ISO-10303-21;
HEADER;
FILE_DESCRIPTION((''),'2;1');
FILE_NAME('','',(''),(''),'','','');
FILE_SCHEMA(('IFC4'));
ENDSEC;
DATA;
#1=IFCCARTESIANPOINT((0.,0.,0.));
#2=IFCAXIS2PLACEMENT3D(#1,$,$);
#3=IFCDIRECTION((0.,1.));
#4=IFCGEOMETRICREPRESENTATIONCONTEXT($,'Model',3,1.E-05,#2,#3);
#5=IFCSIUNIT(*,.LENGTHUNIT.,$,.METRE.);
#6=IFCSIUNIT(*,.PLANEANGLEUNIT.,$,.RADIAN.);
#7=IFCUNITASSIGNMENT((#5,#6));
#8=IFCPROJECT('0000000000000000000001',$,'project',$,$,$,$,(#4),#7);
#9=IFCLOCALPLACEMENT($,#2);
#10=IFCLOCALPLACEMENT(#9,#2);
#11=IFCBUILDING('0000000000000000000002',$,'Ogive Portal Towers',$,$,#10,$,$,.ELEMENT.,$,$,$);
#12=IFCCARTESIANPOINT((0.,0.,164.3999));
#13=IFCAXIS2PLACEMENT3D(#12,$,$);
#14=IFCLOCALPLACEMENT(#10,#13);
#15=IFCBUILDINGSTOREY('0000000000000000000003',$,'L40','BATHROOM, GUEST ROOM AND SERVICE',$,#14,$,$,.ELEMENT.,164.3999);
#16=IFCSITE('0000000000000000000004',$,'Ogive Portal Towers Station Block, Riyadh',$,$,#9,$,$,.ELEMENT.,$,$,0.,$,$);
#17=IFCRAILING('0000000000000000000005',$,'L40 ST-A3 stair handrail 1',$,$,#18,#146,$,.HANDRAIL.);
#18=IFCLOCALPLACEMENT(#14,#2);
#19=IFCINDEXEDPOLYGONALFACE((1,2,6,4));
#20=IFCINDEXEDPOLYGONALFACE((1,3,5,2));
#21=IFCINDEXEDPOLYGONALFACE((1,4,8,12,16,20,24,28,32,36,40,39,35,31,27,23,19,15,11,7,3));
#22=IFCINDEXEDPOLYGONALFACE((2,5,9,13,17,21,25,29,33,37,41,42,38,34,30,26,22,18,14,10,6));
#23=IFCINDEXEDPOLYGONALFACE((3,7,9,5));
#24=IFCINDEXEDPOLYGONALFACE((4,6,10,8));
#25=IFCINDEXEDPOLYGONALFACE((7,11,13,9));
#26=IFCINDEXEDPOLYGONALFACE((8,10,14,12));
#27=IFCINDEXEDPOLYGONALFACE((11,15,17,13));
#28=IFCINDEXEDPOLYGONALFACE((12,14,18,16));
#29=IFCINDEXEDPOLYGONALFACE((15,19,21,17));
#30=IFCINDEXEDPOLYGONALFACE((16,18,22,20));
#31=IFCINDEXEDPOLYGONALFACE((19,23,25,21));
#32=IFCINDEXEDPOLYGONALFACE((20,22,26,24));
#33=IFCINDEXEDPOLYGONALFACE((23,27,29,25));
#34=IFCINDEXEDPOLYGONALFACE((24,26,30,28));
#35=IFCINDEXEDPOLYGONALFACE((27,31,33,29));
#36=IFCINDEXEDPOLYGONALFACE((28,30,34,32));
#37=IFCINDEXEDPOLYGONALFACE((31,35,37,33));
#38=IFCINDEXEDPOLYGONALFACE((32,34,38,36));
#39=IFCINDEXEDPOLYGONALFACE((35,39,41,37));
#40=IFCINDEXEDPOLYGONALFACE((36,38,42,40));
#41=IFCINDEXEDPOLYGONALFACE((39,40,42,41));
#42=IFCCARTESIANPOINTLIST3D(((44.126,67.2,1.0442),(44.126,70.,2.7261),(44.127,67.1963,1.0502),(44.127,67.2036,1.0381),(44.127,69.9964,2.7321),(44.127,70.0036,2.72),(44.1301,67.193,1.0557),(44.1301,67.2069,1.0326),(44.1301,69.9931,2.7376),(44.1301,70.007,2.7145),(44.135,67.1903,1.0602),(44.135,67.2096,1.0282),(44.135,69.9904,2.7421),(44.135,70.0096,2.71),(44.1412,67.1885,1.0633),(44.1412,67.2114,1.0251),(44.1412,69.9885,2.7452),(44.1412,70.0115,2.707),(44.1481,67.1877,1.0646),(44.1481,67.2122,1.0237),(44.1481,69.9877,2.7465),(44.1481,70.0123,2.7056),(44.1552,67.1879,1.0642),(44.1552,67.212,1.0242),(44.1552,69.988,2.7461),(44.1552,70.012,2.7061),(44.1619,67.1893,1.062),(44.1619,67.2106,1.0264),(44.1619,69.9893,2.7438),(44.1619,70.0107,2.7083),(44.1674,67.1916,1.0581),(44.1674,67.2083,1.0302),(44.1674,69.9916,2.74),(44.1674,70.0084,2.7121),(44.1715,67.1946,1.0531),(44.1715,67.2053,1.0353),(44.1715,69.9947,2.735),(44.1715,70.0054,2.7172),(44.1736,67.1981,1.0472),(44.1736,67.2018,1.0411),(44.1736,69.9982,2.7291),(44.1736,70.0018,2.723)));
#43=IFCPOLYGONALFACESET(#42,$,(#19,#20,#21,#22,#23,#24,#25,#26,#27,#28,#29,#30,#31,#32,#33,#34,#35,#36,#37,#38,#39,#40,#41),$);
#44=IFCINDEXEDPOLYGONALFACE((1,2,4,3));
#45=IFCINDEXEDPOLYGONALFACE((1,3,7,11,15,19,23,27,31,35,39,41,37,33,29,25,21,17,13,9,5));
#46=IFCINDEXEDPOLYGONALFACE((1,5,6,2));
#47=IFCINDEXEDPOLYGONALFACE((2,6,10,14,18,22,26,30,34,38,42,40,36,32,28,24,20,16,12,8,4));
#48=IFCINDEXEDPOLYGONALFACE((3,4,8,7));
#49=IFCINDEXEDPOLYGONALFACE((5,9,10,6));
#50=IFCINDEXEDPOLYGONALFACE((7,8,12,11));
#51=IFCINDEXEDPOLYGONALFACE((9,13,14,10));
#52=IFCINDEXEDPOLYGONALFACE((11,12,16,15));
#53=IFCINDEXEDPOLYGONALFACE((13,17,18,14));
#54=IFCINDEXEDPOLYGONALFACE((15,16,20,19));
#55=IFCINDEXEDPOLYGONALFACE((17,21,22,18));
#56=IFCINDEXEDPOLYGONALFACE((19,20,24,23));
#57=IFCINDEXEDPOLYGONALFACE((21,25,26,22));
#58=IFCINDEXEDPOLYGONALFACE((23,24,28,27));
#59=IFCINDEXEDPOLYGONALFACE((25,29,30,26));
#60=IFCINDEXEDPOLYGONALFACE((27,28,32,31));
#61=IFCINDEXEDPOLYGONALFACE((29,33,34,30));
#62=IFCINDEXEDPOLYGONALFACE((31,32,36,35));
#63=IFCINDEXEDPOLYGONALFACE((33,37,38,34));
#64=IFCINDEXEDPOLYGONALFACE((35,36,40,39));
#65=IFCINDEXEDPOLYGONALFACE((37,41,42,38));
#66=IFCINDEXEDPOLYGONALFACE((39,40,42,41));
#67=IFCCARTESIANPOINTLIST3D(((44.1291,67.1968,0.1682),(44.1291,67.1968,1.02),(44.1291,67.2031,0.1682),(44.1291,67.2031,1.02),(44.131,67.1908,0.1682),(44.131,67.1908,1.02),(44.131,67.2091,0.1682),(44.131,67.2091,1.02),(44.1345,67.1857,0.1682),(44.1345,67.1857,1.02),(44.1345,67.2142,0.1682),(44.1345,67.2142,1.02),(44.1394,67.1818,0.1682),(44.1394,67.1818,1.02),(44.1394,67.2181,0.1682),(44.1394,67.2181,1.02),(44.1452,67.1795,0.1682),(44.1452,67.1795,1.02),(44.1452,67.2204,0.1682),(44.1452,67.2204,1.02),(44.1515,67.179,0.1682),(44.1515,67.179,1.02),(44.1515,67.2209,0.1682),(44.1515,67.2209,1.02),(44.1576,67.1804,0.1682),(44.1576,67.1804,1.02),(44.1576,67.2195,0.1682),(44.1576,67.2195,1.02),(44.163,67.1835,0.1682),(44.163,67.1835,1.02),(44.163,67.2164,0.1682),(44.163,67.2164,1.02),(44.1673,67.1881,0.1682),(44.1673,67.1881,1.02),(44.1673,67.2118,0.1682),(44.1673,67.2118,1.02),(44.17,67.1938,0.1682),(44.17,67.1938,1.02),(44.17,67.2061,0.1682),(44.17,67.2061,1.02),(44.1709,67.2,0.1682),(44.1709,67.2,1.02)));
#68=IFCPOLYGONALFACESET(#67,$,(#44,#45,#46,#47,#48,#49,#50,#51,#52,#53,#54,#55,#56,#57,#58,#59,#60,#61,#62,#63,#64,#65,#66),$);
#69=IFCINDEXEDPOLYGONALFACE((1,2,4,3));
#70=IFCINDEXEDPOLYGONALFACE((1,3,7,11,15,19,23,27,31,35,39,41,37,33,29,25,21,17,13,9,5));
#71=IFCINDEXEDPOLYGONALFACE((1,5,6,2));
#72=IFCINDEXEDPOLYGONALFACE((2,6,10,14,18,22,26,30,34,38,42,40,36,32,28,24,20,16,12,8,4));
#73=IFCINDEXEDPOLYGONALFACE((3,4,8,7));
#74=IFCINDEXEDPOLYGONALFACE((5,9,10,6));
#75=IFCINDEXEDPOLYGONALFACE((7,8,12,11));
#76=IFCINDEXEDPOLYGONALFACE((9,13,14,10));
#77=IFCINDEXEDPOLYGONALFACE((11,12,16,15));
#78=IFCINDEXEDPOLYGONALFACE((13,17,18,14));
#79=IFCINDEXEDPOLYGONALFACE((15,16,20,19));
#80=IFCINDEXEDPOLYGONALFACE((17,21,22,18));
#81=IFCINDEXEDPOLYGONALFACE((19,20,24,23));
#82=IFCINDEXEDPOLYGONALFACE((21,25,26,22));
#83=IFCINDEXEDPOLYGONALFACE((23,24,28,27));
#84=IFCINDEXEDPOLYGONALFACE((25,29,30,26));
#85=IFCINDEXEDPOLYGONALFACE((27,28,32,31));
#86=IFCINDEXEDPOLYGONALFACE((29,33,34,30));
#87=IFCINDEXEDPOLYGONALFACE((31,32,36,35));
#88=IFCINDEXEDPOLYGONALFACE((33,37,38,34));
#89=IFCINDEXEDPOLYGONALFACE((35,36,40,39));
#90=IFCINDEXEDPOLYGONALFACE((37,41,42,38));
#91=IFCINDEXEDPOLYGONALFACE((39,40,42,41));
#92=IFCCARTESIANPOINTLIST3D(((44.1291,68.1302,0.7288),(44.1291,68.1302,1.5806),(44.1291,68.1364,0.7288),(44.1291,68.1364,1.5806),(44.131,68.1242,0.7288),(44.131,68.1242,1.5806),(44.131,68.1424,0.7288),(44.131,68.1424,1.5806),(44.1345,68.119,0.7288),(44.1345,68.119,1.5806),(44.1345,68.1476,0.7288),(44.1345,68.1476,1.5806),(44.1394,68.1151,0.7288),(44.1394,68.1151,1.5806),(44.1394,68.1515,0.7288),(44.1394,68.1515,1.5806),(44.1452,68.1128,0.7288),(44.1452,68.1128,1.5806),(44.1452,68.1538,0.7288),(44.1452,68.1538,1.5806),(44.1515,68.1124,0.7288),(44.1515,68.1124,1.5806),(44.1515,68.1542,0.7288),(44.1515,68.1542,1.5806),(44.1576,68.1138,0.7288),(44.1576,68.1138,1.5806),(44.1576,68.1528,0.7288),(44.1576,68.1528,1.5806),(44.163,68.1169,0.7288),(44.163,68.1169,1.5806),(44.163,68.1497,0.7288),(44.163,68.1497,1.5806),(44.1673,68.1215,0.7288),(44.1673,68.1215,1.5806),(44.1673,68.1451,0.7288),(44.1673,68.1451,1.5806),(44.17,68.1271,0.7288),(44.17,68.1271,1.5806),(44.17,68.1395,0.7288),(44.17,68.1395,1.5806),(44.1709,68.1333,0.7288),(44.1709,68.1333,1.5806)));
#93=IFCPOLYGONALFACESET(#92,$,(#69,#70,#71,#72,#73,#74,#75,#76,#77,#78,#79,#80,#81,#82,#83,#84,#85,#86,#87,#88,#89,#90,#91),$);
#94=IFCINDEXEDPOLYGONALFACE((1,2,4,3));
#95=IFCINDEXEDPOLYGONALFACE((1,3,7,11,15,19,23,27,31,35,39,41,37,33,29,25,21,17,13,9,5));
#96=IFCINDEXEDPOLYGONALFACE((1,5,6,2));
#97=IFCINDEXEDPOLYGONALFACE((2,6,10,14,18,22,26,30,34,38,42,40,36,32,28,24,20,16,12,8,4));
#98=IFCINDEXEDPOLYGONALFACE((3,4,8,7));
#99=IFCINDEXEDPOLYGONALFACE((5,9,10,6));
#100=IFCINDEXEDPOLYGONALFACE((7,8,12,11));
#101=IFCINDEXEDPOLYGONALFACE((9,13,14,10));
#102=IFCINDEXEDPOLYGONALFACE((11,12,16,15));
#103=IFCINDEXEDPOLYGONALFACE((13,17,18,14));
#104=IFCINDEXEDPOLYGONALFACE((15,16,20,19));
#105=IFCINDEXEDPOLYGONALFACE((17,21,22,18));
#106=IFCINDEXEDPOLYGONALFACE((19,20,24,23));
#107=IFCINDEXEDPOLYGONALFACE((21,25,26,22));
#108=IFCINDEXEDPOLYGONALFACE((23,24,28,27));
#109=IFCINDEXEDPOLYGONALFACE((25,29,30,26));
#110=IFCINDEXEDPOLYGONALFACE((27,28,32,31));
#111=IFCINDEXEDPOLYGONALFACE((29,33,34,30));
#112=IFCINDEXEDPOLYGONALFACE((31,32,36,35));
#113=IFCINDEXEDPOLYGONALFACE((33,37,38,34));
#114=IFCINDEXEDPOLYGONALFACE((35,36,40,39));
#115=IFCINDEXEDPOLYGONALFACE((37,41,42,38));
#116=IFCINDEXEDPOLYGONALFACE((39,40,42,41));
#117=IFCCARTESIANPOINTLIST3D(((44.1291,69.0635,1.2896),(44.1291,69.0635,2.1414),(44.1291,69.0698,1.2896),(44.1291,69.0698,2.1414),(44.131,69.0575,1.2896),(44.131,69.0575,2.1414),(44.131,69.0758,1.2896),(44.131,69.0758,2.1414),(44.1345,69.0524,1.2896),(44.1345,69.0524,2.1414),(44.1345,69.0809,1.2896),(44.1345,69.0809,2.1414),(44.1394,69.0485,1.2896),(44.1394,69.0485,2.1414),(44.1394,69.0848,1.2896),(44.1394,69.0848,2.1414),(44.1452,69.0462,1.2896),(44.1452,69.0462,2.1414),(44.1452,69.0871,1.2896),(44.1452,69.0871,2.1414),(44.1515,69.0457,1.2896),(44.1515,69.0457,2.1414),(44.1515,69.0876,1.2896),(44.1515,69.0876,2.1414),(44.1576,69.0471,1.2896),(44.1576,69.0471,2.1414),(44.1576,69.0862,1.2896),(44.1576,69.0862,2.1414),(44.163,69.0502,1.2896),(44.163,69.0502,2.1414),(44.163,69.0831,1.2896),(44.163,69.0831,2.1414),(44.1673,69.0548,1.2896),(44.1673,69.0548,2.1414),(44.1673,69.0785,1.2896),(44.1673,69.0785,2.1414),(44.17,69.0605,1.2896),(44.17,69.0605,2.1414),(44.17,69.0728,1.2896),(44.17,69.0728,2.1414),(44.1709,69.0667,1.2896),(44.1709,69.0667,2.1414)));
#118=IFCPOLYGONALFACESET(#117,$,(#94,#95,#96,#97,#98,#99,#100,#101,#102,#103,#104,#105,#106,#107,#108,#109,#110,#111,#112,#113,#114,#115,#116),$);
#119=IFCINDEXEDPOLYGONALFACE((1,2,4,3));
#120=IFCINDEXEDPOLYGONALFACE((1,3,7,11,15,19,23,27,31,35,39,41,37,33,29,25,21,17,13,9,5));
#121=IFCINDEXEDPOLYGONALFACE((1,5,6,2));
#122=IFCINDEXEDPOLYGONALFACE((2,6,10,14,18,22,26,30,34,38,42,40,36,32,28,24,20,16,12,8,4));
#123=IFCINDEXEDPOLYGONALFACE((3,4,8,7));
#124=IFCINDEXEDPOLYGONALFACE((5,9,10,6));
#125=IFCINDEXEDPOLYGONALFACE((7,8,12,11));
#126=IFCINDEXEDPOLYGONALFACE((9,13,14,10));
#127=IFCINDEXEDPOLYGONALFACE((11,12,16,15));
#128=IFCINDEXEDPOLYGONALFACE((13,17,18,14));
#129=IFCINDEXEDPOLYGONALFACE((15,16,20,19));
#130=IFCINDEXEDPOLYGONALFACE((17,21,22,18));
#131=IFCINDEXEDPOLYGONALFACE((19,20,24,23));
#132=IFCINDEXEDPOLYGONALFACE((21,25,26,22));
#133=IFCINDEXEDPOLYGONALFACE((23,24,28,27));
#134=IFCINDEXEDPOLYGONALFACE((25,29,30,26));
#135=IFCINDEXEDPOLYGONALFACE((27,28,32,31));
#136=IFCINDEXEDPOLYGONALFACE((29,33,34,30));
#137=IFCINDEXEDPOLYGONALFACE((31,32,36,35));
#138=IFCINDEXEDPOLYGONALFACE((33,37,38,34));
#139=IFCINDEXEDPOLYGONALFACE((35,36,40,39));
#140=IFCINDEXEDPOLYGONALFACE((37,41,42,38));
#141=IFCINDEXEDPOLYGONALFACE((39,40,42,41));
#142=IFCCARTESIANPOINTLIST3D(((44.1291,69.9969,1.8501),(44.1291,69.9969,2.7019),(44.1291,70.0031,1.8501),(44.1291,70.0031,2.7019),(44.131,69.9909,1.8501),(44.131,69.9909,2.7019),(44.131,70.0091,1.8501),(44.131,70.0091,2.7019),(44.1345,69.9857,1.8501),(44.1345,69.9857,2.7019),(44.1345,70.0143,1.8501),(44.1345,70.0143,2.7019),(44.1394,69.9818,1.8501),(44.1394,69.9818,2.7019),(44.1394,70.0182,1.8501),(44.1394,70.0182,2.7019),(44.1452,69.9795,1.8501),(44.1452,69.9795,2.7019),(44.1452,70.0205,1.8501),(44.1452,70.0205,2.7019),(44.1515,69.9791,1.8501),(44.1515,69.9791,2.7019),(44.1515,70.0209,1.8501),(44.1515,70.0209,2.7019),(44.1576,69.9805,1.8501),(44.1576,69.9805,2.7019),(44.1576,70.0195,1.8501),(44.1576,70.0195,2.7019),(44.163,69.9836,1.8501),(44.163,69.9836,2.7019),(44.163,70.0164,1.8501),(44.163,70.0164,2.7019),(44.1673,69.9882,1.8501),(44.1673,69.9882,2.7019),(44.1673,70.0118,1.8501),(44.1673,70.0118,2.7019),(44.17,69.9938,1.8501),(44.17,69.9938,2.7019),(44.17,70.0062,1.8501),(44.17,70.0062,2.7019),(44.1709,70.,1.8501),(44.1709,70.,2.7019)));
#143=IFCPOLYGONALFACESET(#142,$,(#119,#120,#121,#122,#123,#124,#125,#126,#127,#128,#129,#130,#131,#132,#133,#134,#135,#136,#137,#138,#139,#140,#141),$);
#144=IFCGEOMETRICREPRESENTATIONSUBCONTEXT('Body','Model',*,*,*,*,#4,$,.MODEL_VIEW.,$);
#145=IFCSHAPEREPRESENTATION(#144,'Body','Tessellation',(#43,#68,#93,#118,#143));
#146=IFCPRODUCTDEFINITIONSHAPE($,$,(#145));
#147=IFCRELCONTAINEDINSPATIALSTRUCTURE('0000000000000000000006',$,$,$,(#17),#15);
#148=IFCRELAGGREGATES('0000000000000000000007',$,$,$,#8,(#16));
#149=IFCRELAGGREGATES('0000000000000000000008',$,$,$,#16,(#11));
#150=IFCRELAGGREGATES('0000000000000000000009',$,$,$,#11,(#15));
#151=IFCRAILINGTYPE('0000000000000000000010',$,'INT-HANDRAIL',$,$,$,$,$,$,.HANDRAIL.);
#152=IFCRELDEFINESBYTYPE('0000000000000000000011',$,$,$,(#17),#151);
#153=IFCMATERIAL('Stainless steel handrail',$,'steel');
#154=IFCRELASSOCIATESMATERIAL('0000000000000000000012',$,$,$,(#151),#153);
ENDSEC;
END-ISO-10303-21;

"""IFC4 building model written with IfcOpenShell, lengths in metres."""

from ifc_helpers import new_model, si_unit, direction, frame, origin, origin_2d, place, context, subcontext, project, spatial, circle, extrude, material, type_object, element, save


model = new_model("IFC4")

# Units and contexts
model_context = context("Model", 3, precision=1e-05, world=origin(), true_north=direction((0.0, 1.0)))
body_context = subcontext(model_context, "Body", "Model", "MODEL_VIEW")
ifc_project = project(units=[si_unit("LENGTHUNIT", "METRE"), si_unit("PLANEANGLEUNIT", "RADIAN")], contexts=[model_context])

# Site, building, storey
site_placement = place(None, origin())
site = spatial("IfcSite", under=ifc_project, at=site_placement, Name="Ogive Portal Towers Station Block, Riyadh", CompositionType="ELEMENT", RefElevation=0.0)
building_placement = place(site_placement, origin())
building = spatial("IfcBuilding", under=site, at=building_placement, Name="Ogive Portal Towers", CompositionType="ELEMENT")
storey_placement = place(building_placement, frame((0.0, 0.0, 164.3999)))
storey = spatial("IfcBuildingStorey", under=building, at=storey_placement, Name="L40", Description="BATHROOM, GUEST ROOM AND SERVICE", CompositionType="ELEMENT", Elevation=164.3999)

# Railing
ifc_material_1 = material(Name="Stainless steel handrail", Category="steel")
railing_type_1 = type_object("IfcRailingType", Name="INT-HANDRAIL", PredefinedType="HANDRAIL", material=ifc_material_1)
railing_1_placement = place(storey_placement, frame((44.1499, 67.2, 0.1682)))
element("IfcRailing", 1, at=railing_1_placement, inside=storey, type_object=railing_type_1, Name="L40 ST-A3 stair handrail 1", PredefinedType="HANDRAIL", context=body_context, shape_type="SweptSolid", body=[
    extrude(circle(Radius=0.0239, at=origin_2d()), frame((0.0, 0.0, 0.876), z_axis=(0.0, 0.857242, 0.514913), x_axis=(-1.0, 0.0, 0.0)), (0.0, 0.0, 1.0), 3.2664),
    extrude(circle(Radius=0.021, at=origin_2d()), origin(), (0.0, 0.0, 1.0), 0.8518),
    extrude(circle(Radius=0.021, at=origin_2d()), frame((0.0, 0.9333, 0.5605)), (0.0, 0.0, 1.0), 0.8518),
    extrude(circle(Radius=0.021, at=origin_2d()), frame((0.0, 1.8667, 1.1213)), (0.0, 0.0, 1.0), 0.8518),
    extrude(circle(Radius=0.021, at=origin_2d()), frame((0.0, 2.8, 1.6819)), (0.0, 0.0, 1.0), 0.8518),
])

save(model, "model.ifc")
